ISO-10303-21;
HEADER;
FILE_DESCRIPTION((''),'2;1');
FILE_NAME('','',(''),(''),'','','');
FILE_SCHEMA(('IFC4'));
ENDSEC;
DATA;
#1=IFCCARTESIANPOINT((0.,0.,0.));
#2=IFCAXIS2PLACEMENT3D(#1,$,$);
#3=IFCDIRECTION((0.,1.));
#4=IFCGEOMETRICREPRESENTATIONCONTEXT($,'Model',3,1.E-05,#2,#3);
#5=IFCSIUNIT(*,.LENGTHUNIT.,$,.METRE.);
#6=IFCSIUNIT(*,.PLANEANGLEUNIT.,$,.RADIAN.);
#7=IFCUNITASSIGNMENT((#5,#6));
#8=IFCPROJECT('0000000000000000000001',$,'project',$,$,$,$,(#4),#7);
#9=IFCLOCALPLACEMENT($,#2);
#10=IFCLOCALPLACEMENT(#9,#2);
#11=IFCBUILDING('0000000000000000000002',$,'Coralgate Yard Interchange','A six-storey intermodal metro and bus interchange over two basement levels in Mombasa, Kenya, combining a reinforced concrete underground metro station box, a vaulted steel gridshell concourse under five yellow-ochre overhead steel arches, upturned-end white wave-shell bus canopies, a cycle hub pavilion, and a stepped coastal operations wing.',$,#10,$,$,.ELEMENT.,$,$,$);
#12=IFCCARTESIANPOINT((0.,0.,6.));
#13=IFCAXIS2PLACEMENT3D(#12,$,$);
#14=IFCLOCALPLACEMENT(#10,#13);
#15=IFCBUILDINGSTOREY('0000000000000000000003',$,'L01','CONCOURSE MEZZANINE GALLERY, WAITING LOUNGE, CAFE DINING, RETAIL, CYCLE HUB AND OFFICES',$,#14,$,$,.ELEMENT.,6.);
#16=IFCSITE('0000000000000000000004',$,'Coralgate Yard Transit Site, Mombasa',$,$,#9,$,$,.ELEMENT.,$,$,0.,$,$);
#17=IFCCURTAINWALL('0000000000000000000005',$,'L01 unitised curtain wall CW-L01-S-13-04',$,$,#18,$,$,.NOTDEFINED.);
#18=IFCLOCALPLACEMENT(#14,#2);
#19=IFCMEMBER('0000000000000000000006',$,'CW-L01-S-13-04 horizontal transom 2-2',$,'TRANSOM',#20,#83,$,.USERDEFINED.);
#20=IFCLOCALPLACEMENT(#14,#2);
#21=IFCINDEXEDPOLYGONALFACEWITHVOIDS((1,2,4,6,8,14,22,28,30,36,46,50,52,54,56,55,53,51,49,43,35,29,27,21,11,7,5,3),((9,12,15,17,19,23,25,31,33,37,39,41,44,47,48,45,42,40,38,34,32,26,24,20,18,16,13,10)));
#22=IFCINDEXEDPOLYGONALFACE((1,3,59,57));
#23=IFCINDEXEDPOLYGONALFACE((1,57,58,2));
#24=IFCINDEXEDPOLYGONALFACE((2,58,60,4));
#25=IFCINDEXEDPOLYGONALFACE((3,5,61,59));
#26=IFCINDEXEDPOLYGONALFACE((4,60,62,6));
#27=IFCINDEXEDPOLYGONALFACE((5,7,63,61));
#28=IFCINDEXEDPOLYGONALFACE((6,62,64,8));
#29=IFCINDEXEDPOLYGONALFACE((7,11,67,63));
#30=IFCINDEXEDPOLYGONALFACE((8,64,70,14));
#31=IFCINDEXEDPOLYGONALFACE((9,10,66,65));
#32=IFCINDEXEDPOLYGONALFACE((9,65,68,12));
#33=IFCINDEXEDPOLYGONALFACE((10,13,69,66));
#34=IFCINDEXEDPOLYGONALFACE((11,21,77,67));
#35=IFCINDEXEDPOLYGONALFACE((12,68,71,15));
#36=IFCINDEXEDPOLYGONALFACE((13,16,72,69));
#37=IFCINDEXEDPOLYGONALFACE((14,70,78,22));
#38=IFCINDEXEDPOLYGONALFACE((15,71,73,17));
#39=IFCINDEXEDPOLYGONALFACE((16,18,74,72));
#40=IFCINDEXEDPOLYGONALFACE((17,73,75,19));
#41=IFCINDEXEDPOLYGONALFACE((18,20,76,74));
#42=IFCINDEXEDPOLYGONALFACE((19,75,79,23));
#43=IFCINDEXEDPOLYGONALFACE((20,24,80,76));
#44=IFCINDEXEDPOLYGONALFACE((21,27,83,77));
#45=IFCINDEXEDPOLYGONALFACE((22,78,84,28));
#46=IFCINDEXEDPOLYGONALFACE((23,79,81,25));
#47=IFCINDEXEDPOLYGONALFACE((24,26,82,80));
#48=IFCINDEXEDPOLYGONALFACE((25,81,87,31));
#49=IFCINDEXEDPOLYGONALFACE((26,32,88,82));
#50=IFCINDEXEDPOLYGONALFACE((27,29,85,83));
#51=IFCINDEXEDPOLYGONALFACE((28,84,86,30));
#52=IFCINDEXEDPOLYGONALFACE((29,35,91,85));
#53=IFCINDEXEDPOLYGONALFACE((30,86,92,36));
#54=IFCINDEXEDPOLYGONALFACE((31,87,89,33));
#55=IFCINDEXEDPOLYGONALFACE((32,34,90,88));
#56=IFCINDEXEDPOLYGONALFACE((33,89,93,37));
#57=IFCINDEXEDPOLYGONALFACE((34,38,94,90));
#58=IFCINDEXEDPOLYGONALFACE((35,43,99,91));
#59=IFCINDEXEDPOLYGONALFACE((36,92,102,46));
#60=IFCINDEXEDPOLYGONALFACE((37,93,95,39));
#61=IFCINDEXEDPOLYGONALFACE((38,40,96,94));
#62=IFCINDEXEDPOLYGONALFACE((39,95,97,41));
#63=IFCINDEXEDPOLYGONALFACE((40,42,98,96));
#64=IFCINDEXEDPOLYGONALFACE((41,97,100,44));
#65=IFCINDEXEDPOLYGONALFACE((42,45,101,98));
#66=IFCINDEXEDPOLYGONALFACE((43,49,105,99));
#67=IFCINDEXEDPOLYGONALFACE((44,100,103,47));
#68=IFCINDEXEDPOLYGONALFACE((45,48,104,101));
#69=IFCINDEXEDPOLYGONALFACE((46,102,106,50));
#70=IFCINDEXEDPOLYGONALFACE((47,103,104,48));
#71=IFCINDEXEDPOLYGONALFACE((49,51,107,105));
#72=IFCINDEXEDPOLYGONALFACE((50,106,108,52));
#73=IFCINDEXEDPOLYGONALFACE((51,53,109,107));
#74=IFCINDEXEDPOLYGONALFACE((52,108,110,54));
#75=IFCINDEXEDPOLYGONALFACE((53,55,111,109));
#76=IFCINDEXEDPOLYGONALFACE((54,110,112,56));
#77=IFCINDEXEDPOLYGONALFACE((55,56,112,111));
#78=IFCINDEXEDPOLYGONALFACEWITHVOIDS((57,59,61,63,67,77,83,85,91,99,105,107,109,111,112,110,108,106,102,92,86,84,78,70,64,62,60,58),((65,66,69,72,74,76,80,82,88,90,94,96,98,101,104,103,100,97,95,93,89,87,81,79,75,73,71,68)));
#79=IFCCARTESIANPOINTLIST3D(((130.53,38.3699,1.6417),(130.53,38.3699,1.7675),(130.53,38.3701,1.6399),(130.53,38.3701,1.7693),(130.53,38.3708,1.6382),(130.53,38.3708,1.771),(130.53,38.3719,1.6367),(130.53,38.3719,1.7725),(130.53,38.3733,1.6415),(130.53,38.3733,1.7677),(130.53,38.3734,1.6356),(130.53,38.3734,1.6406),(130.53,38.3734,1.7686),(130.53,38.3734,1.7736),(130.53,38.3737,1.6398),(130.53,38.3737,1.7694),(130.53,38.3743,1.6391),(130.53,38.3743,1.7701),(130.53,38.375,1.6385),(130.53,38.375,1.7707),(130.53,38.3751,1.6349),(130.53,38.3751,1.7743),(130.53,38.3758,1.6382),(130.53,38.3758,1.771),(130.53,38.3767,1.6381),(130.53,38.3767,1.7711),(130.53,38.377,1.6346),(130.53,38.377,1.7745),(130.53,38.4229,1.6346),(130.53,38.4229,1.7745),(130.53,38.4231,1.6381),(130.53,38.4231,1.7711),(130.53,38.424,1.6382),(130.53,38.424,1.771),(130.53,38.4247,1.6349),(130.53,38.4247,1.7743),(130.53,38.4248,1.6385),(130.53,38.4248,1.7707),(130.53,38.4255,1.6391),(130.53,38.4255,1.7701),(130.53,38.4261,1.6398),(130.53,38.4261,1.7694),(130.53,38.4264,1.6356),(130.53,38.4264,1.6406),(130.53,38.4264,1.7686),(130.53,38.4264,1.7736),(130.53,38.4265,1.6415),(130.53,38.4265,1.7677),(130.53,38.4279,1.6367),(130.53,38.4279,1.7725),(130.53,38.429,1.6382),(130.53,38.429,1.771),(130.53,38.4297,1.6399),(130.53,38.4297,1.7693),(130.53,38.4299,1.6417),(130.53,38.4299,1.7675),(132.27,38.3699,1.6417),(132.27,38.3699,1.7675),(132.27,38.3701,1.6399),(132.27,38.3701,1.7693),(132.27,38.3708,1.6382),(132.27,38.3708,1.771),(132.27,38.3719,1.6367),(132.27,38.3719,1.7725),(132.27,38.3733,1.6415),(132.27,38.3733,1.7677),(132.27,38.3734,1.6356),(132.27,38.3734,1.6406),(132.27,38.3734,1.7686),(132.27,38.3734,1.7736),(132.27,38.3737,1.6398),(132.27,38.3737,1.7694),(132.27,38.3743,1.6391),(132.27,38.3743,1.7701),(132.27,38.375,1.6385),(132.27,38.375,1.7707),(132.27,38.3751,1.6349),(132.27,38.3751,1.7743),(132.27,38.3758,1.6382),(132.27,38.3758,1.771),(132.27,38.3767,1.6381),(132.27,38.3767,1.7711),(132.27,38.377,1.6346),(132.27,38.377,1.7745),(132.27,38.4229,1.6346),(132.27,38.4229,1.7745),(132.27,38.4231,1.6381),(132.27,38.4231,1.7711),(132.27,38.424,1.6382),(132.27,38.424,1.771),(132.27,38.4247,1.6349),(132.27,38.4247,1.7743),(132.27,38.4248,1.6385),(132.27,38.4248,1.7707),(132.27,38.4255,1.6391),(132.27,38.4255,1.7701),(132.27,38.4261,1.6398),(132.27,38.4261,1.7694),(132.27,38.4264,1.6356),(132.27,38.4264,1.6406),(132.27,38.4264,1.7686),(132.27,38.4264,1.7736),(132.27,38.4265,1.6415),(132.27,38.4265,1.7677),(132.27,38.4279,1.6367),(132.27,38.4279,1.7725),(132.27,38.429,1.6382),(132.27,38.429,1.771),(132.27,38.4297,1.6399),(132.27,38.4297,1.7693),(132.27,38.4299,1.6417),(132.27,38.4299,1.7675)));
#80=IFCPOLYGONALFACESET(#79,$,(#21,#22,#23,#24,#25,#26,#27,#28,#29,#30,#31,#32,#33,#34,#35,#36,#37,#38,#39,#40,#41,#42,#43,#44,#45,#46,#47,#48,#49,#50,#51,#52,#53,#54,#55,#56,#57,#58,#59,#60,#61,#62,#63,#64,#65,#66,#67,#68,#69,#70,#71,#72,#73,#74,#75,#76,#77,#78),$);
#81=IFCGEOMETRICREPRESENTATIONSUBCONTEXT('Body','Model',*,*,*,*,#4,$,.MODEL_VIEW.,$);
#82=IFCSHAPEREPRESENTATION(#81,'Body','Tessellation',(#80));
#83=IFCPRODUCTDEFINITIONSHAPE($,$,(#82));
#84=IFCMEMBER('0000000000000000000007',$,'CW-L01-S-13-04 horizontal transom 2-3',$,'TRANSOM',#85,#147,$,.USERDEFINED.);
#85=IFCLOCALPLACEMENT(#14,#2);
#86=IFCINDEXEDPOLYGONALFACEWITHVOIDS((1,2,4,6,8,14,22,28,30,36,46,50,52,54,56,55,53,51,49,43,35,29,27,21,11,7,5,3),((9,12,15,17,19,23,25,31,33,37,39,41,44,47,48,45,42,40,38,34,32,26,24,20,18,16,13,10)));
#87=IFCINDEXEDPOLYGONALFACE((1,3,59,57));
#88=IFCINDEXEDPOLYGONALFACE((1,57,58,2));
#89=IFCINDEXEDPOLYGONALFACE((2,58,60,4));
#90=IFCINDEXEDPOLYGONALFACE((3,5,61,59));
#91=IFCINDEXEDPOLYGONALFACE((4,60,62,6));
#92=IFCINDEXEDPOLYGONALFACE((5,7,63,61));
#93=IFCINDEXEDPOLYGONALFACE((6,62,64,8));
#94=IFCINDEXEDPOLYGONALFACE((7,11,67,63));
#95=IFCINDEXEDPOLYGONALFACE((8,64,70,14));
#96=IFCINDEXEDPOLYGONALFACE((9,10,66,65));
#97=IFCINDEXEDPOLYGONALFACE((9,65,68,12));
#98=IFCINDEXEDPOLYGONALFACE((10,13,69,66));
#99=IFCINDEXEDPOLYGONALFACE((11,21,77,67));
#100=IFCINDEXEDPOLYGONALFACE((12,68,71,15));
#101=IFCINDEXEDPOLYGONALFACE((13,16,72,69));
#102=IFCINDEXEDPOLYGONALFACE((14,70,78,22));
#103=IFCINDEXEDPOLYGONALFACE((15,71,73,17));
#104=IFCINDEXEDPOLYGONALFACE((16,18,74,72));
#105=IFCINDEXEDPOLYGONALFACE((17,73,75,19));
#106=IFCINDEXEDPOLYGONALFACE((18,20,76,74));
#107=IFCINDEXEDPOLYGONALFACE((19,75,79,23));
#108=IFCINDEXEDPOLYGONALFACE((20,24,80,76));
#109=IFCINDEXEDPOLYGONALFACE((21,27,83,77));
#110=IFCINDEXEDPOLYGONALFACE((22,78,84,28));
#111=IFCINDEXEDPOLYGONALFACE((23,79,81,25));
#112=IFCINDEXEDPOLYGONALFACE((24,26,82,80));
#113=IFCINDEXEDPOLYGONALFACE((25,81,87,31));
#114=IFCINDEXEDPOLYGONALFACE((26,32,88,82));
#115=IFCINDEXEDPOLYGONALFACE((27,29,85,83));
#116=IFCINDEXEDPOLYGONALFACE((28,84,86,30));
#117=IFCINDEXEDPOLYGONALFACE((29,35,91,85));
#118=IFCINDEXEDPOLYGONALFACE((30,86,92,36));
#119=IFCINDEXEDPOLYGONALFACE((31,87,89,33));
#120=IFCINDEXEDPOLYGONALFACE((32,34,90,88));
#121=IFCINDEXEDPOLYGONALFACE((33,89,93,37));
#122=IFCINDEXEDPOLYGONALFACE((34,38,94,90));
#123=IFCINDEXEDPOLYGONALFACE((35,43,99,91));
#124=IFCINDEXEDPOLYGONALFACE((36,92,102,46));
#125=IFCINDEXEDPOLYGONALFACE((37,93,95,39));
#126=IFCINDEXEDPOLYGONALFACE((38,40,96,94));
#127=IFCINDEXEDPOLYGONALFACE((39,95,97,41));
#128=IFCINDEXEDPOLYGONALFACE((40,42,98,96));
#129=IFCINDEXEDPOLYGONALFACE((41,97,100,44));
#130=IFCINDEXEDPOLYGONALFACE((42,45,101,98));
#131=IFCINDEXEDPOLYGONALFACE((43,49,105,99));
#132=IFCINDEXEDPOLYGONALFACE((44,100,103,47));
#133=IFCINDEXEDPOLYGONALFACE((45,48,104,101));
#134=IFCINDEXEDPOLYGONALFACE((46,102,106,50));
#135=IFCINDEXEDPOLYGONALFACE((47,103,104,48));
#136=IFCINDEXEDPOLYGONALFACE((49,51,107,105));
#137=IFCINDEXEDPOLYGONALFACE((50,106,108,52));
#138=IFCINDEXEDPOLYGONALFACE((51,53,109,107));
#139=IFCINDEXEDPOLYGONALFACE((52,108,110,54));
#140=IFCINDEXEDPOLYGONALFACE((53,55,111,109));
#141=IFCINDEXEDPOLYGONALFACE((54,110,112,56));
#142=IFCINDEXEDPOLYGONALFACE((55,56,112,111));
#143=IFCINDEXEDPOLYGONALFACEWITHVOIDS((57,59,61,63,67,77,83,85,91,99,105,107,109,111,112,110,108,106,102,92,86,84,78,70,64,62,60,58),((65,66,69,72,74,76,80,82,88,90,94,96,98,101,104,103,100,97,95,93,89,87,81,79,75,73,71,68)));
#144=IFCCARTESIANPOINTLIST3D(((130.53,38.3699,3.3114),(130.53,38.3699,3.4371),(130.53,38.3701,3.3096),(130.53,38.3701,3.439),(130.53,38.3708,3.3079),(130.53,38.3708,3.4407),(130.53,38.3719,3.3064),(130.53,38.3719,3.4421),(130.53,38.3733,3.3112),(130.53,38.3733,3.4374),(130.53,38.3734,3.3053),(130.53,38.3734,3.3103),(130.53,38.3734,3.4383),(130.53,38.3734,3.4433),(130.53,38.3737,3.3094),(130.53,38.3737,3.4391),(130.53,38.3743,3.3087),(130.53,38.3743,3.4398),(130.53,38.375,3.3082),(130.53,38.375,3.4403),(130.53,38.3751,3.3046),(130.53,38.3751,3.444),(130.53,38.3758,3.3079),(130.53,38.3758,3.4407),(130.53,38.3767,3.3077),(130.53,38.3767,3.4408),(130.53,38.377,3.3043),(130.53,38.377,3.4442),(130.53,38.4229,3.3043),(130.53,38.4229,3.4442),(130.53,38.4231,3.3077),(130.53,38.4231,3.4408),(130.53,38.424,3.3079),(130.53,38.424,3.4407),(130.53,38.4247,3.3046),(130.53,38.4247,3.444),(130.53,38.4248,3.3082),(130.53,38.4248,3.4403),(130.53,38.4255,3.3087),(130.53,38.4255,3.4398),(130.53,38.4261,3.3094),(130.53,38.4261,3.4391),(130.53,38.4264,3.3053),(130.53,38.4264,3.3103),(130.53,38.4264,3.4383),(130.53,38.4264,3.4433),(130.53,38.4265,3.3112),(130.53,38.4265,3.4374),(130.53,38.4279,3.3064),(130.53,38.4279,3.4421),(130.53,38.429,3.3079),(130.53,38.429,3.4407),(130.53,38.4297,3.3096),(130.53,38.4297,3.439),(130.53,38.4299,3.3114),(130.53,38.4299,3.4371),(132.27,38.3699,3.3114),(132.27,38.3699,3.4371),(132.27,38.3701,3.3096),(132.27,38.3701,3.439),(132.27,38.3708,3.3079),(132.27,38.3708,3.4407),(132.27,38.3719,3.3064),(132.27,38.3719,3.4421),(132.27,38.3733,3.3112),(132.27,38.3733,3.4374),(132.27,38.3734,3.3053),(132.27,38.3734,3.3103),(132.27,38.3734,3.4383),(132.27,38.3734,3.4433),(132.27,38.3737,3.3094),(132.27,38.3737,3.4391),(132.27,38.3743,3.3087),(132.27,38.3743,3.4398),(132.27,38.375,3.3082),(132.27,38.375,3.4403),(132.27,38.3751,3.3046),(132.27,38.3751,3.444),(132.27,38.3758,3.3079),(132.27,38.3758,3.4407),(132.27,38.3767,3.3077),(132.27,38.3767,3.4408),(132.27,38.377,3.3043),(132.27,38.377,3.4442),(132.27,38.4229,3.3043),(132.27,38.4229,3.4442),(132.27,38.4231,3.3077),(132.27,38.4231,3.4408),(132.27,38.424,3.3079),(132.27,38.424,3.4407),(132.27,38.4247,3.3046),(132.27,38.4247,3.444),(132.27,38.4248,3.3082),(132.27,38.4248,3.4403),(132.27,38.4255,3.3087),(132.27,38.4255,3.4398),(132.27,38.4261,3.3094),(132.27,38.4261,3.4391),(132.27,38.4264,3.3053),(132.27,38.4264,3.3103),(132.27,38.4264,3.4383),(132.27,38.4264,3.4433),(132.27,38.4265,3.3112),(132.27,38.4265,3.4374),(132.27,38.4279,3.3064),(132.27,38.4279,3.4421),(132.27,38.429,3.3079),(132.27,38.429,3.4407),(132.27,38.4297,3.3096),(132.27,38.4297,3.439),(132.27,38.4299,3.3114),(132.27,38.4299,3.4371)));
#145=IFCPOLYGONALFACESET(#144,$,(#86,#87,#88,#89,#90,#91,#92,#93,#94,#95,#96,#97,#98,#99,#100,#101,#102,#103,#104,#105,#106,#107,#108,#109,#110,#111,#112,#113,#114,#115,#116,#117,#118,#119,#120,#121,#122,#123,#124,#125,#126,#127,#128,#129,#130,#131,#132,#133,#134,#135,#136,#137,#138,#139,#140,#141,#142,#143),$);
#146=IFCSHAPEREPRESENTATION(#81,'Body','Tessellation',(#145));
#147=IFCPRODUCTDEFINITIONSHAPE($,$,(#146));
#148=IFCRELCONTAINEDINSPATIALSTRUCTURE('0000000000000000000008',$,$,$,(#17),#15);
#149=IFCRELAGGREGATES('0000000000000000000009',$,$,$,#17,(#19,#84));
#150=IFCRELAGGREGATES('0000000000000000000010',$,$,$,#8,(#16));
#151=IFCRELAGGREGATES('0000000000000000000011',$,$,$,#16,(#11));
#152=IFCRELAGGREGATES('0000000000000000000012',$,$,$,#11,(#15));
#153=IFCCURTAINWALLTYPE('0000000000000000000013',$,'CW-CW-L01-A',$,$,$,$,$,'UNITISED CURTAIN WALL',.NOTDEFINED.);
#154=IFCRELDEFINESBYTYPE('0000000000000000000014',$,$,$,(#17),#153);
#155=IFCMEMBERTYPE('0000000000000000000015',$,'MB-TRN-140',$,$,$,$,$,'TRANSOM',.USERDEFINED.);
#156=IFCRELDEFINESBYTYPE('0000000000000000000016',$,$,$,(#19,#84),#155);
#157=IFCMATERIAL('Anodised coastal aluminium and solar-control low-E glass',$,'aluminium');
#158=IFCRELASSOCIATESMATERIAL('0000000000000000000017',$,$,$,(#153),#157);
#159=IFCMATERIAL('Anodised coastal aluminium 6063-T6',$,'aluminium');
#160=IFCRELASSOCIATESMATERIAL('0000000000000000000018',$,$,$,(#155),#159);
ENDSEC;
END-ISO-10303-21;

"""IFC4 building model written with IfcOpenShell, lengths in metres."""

from ifc_helpers import new_model, si_unit, direction, frame, origin, origin_2d, place, context, subcontext, project, spatial, hollow_rectangle, extrude, material, material_profile, profile_set, type_object, element, aggregate, save


model = new_model("IFC4")

# Units and contexts
model_context = context("Model", 3, precision=1e-05, world=origin(), true_north=direction((0.0, 1.0)))
body_context = subcontext(model_context, "Body", "Model", "MODEL_VIEW")
ifc_project = project(units=[si_unit("LENGTHUNIT", "METRE"), si_unit("PLANEANGLEUNIT", "RADIAN")], contexts=[model_context])

# Site, building, storey
site_placement = place(None, origin())
site = spatial("IfcSite", under=ifc_project, at=site_placement, Name="Coralgate Yard Transit Site, Mombasa", CompositionType="ELEMENT", RefElevation=0.0)
building_placement = place(site_placement, origin())
building = spatial("IfcBuilding", under=site, at=building_placement, Name="Coralgate Yard Interchange", Description="A six-storey intermodal metro and bus interchange over two basement levels in Mombasa, Kenya, combining a reinforced concrete underground metro station box, a vaulted steel gridshell concourse under five yellow-ochre overhead steel arches, upturned-end white wave-shell bus canopies, a cycle hub pavilion, and a stepped coastal operations wing.", CompositionType="ELEMENT")
storey_placement = place(building_placement, frame((0.0, 0.0, 6.0)))
storey = spatial("IfcBuildingStorey", under=building, at=storey_placement, Name="L01", Description="CONCOURSE MEZZANINE GALLERY, WAITING LOUNGE, CAFE DINING, RETAIL, CYCLE HUB AND OFFICES", CompositionType="ELEMENT", Elevation=6.0)

# Curtain wall
ifc_material_1 = material(Name="Anodised coastal aluminium and solar-control low-E glass", Category="aluminium")
curtain_wall_type_1 = type_object("IfcCurtainWallType", Name="CW-CW-L01-A", ElementType="UNITISED CURTAIN WALL", PredefinedType="NOTDEFINED", material=ifc_material_1)
curtain_wall_1_placement = place(storey_placement, origin())
curtain_wall_1 = element("IfcCurtainWall", 1, at=curtain_wall_1_placement, inside=storey, type_object=curtain_wall_type_1, Name="L01 unitised curtain wall CW-L01-S-13-04", PredefinedType="NOTDEFINED")
ifc_material_2 = material(Name="Anodised coastal aluminium 6063-T6", Category="aluminium")

# Members
ifc_material_profile_1 = material_profile(ifc_material_2, hollow_rectangle(XDim=0.0601, YDim=0.1399, WallThickness=0.0034, InnerFilletRadius=0.0034, OuterFilletRadius=0.0071, at=origin_2d()), Name="ALU 60x140x3.5")
ifc_profile_set_1 = profile_set([ifc_material_profile_1], Name="Anodised coastal aluminium 6063-T6")
member_type_1 = type_object("IfcMemberType", Name="MB-TRN-140", ElementType="TRANSOM", PredefinedType="USERDEFINED", material=ifc_profile_set_1)
member_1_placement = place(storey_placement, frame((132.27, 38.3999, 1.7046), z_axis=(-1.0, 0.0, 0.0), x_axis=(0.0, -1.0, 0.0)))
member_1 = element("IfcMember", 2, at=member_1_placement, type_object=member_type_1, Name="CW-L01-S-13-04 horizontal transom 2-2", ObjectType="TRANSOM", PredefinedType="USERDEFINED", context=body_context, shape_type="SweptSolid", body=[
    extrude(hollow_rectangle(XDim=0.0601, YDim=0.1399, WallThickness=0.0034, InnerFilletRadius=0.0034, OuterFilletRadius=0.0071, at=origin_2d()), origin(), (0.0, 0.0, 1.0), 1.74),
])
member_2_placement = place(storey_placement, frame((132.27, 38.3999, 3.3743), z_axis=(-1.0, 0.0, 0.0), x_axis=(0.0, -1.0, 0.0)))
member_2 = element("IfcMember", 3, at=member_2_placement, type_object=member_type_1, Name="CW-L01-S-13-04 horizontal transom 2-3", ObjectType="TRANSOM", PredefinedType="USERDEFINED", context=body_context, shape_type="SweptSolid", body=[
    extrude(hollow_rectangle(XDim=0.0601, YDim=0.1399, WallThickness=0.0034, InnerFilletRadius=0.0034, OuterFilletRadius=0.0071, at=origin_2d()), origin(), (0.0, 0.0, 1.0), 1.74),
])

aggregate(curtain_wall_1, [member_1, member_2])

save(model, "model.ifc")
